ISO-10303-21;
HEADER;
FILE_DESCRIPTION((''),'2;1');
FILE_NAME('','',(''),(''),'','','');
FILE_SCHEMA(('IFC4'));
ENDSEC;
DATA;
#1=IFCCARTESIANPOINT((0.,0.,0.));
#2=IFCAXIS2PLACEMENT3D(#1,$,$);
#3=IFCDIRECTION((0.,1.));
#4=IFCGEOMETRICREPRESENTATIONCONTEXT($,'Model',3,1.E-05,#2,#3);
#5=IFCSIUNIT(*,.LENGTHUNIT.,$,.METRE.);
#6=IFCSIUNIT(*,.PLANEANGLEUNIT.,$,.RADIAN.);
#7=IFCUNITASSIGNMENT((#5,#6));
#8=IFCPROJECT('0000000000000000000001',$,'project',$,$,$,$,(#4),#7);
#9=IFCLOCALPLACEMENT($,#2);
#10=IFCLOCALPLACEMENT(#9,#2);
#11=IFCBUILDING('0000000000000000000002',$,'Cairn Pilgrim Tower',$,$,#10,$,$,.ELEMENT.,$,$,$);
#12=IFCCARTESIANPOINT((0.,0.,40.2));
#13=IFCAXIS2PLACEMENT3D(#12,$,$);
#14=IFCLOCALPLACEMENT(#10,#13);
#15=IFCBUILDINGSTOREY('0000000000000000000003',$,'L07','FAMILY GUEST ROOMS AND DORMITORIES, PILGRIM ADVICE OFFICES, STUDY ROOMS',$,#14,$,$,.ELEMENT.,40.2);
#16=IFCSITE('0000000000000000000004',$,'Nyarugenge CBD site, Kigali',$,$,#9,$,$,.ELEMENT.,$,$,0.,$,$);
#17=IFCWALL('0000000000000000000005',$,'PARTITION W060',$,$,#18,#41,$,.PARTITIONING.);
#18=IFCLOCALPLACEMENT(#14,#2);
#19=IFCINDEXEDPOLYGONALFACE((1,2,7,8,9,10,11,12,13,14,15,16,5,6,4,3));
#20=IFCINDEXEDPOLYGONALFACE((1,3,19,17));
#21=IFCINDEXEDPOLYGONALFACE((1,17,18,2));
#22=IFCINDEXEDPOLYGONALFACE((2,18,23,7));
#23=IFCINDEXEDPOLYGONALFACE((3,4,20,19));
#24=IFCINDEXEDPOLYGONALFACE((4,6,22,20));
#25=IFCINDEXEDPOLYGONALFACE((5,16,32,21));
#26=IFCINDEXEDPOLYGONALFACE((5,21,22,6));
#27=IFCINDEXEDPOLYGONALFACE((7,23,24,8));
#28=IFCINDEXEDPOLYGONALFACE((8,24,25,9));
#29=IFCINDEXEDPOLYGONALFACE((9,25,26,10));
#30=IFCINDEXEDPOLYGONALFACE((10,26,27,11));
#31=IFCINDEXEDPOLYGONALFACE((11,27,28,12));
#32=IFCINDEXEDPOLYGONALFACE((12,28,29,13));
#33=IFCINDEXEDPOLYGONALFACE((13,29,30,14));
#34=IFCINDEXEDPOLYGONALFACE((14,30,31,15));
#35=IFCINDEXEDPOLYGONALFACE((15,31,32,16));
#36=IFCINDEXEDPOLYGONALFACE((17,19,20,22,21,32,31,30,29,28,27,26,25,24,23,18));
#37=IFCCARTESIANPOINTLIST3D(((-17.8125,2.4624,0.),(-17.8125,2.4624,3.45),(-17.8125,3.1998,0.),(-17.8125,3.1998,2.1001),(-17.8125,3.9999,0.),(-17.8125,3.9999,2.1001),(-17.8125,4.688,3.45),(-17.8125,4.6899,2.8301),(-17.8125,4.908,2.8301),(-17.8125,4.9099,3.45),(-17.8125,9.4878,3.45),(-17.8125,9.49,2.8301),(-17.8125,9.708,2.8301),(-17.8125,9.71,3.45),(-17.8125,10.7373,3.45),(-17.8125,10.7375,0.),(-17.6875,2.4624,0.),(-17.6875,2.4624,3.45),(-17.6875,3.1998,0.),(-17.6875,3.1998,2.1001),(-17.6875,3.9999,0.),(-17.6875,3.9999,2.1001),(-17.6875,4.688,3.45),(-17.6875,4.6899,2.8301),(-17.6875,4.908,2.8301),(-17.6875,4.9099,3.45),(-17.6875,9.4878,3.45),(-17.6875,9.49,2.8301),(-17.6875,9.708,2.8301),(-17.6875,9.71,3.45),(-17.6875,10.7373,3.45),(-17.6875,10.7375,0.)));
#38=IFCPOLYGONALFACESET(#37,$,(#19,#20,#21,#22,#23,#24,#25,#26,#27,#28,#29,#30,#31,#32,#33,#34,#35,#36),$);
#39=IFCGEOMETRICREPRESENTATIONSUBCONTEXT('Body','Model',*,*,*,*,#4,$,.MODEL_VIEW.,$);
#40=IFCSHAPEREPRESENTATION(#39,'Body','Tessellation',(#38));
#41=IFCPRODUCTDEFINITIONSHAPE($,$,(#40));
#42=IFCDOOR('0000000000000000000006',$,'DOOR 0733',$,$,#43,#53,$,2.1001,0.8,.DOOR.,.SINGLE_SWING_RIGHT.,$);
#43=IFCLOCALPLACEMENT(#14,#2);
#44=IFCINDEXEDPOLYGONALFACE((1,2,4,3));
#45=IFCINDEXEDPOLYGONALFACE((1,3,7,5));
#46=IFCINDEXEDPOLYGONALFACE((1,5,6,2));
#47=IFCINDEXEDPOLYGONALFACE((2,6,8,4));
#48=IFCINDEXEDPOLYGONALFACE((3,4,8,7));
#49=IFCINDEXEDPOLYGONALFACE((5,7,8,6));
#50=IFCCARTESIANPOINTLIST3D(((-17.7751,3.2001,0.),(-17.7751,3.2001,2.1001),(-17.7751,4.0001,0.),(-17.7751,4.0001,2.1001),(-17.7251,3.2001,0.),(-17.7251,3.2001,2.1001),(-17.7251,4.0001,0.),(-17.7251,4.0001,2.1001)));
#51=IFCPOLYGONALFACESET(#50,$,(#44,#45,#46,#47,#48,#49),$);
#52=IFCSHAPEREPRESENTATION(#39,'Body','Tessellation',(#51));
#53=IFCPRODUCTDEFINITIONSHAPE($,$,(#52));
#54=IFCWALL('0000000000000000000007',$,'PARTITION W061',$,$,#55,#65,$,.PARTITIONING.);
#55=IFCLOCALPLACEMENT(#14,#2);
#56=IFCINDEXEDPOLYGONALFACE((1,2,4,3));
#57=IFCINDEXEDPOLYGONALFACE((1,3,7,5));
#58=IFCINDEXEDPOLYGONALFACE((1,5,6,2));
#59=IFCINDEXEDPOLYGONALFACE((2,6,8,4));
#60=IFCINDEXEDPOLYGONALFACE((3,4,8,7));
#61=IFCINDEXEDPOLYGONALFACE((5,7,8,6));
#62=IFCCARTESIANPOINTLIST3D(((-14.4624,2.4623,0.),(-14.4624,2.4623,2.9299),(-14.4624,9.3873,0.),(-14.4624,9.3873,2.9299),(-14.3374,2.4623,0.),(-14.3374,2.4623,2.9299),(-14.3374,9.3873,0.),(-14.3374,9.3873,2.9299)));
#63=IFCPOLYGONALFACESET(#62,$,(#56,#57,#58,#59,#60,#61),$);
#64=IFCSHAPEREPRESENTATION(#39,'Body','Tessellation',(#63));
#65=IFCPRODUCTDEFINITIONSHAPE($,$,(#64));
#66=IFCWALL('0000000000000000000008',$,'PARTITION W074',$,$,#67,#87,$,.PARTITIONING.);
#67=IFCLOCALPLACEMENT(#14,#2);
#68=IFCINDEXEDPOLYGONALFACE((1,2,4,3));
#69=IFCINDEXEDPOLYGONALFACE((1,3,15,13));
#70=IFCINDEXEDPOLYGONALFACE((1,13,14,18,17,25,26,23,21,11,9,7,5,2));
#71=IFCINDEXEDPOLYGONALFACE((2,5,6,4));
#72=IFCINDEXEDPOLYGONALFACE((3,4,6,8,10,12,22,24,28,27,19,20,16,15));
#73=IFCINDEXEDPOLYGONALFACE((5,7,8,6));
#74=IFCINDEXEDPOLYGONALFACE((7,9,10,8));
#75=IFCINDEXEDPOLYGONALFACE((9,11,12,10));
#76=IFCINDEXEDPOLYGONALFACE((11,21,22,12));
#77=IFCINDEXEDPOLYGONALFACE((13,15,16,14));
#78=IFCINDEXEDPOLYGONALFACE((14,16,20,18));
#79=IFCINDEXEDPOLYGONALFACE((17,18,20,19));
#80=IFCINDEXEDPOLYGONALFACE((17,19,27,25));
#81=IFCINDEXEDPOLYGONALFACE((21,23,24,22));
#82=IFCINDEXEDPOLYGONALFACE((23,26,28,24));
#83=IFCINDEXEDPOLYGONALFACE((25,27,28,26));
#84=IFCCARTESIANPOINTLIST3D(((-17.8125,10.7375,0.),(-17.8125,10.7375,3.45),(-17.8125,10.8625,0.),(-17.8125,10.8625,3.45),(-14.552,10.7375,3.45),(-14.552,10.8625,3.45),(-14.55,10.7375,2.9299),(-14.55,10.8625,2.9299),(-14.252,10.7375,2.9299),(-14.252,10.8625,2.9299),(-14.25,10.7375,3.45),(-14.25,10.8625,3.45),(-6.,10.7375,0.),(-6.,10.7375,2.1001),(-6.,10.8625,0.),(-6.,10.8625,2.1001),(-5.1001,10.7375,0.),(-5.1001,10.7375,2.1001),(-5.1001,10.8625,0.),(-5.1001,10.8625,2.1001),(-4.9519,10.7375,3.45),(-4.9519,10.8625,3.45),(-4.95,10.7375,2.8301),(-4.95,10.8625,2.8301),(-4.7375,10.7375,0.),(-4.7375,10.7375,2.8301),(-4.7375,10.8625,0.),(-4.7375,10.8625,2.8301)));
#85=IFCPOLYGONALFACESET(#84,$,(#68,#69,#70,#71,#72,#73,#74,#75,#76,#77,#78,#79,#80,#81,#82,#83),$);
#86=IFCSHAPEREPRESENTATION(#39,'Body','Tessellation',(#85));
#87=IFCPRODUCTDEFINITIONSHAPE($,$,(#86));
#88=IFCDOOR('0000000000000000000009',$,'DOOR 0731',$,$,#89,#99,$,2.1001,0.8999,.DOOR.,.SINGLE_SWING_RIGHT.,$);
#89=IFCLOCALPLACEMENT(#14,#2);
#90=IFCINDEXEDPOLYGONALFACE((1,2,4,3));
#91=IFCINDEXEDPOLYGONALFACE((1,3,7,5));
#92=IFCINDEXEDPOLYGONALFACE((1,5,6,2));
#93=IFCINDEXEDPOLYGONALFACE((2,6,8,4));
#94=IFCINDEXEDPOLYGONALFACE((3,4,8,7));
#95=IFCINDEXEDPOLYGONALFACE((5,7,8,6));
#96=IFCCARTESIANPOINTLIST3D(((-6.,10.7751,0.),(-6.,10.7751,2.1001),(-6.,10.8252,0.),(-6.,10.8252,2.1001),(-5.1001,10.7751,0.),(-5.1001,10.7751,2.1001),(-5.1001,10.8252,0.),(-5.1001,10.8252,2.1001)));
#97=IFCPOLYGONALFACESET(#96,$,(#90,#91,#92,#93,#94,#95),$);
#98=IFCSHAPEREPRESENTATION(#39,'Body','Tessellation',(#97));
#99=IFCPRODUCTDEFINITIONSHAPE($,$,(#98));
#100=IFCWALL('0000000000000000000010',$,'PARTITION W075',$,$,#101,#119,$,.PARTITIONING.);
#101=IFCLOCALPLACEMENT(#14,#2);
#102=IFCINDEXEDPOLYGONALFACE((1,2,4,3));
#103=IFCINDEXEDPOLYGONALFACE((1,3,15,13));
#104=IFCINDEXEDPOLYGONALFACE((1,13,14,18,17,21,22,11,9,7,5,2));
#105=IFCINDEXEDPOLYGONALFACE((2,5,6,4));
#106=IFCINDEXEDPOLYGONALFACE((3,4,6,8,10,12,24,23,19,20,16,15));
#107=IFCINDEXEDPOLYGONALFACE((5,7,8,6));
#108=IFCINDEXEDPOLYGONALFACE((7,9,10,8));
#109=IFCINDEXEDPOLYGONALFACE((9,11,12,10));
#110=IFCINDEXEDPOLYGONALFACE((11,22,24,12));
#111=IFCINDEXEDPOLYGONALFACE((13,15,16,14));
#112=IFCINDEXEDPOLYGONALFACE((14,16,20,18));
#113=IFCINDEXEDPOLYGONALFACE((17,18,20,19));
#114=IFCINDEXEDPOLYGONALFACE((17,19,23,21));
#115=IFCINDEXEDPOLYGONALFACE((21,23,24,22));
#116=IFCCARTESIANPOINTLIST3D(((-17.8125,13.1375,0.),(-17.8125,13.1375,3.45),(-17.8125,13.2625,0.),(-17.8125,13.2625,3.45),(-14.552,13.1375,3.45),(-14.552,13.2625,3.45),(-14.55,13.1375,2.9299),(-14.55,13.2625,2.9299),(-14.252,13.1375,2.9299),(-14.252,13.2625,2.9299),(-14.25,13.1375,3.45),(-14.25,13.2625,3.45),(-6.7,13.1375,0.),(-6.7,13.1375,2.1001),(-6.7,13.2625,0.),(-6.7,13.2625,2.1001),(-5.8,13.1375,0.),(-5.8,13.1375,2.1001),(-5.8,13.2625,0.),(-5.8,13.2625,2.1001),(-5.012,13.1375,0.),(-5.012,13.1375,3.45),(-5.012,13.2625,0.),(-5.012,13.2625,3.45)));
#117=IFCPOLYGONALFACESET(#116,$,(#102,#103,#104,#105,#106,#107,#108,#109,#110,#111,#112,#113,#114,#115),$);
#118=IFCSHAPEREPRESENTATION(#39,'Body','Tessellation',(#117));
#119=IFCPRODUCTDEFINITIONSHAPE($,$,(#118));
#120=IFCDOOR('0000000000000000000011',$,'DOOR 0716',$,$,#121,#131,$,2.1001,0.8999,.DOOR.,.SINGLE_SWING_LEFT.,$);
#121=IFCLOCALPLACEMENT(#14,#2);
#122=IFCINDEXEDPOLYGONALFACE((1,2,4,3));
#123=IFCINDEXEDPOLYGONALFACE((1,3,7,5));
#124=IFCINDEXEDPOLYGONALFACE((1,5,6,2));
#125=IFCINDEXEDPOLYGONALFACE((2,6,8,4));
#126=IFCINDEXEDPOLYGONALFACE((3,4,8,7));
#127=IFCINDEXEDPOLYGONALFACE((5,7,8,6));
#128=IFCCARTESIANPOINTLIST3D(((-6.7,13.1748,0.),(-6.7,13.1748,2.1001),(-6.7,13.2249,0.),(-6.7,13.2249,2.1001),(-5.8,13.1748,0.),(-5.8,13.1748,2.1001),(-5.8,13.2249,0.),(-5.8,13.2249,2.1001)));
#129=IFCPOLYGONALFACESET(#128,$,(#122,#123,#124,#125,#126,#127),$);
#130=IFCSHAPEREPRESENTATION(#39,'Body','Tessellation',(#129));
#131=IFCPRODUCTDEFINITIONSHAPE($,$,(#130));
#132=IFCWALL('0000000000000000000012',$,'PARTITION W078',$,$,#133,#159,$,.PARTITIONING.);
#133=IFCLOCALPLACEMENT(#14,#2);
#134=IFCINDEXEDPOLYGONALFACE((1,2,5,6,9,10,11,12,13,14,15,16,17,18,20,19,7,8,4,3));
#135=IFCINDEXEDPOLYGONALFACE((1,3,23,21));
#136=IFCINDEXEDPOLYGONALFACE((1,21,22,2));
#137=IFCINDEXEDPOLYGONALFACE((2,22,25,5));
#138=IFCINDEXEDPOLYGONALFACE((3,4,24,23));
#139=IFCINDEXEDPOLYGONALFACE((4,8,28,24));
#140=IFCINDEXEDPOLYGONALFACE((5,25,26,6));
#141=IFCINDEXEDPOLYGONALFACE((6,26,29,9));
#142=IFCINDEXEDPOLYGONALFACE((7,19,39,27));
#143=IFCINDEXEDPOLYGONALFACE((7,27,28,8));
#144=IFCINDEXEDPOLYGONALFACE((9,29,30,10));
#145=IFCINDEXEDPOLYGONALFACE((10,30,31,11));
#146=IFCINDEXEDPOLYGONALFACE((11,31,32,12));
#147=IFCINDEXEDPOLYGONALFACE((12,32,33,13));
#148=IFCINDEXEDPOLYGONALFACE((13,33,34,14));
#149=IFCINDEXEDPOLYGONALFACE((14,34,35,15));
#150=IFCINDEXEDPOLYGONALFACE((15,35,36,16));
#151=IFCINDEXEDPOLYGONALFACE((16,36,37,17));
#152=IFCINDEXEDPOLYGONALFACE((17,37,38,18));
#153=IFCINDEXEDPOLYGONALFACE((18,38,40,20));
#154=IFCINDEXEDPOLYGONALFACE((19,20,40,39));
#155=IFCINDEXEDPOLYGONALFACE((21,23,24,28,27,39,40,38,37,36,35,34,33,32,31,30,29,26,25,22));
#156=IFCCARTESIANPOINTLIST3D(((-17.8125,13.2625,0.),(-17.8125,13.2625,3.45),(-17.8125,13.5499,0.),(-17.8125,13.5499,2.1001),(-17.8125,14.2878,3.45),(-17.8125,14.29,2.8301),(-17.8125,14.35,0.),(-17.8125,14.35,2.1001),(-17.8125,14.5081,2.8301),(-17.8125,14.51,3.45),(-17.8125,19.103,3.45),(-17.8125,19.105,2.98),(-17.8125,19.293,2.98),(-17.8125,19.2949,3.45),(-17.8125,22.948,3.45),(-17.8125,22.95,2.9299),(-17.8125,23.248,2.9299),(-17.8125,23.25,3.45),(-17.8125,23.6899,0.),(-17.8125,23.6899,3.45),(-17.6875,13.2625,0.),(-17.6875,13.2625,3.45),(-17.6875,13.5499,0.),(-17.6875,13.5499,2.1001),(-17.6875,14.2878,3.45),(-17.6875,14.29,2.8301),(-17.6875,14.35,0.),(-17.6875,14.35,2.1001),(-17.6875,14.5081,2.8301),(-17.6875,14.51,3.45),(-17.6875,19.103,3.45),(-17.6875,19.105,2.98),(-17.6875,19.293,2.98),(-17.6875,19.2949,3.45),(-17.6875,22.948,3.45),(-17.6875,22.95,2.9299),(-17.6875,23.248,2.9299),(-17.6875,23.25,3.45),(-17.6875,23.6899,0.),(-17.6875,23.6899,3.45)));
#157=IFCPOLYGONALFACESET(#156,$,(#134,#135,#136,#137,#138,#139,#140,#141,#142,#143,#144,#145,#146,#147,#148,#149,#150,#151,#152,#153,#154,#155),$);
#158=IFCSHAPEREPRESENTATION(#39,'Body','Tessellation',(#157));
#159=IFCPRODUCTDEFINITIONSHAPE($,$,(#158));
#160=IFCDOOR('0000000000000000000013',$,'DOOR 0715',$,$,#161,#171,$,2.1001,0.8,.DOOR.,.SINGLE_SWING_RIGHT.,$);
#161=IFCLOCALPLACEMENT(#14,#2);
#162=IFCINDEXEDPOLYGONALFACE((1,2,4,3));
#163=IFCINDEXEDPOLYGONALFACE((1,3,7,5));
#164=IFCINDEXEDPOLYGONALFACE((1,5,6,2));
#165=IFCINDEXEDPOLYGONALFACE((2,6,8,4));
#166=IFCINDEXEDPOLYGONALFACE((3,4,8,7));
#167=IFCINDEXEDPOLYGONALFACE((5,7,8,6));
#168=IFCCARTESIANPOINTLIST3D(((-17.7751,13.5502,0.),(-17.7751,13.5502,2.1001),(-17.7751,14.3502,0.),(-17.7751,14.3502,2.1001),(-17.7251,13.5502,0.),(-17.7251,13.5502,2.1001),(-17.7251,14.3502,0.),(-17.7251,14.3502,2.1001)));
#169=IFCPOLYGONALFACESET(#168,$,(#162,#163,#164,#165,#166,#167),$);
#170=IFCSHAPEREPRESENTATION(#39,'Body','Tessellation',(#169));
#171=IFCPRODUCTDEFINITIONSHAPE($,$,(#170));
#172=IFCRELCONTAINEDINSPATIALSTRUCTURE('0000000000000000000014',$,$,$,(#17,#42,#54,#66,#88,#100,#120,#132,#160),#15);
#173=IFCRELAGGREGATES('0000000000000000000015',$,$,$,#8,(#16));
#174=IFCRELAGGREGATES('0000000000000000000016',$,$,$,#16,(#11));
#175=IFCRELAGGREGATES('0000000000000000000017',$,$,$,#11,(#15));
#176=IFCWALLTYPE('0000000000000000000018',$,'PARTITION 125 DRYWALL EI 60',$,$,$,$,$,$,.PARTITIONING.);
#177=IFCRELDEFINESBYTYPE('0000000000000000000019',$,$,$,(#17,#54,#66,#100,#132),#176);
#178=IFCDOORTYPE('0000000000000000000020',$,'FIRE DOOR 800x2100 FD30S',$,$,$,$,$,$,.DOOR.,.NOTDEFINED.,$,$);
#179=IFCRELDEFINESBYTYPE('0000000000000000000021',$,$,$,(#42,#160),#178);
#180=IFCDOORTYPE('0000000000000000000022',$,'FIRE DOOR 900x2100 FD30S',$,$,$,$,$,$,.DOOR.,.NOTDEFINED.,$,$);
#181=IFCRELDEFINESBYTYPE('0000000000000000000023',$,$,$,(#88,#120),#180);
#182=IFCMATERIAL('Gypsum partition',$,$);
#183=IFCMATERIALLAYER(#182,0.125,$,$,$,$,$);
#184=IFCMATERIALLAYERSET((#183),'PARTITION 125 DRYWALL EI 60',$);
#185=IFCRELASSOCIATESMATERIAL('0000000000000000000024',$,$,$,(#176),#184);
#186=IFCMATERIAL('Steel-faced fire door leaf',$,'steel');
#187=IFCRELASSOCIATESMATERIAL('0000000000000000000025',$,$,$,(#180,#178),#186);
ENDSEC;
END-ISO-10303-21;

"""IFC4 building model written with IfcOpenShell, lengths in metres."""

from ifc_helpers import new_model, si_unit, direction, frame, frame_2d, origin, place, context, subcontext, project, spatial, polyline, rectangle, outline, extrude, material, layer, layer_set, type_object, element, fill, save


model = new_model("IFC4")

# Units and contexts
model_context = context("Model", 3, precision=1e-05, world=origin(), true_north=direction((0.0, 1.0)))
body_context = subcontext(model_context, "Body", "Model", "MODEL_VIEW")
ifc_project = project(units=[si_unit("LENGTHUNIT", "METRE"), si_unit("PLANEANGLEUNIT", "RADIAN")], contexts=[model_context])

# Site, building, storey
site_placement = place(None, origin())
site = spatial("IfcSite", under=ifc_project, at=site_placement, Name="Nyarugenge CBD site, Kigali", CompositionType="ELEMENT", RefElevation=0.0)
building_placement = place(site_placement, origin())
building = spatial("IfcBuilding", under=site, at=building_placement, Name="Cairn Pilgrim Tower", CompositionType="ELEMENT")
storey_placement = place(building_placement, frame((0.0, 0.0, 40.2)))
storey = spatial("IfcBuildingStorey", under=building, at=storey_placement, Name="L07", Description="FAMILY GUEST ROOMS AND DORMITORIES, PILGRIM ADVICE OFFICES, STUDY ROOMS", CompositionType="ELEMENT", Elevation=40.2)

# Shared definitions
ifc_material_1 = material(Name="Gypsum partition")

# Wall, opening, door
ifc_layer_1 = layer(ifc_material_1, 0.125)
ifc_layer_set_1 = layer_set([ifc_layer_1], Name="PARTITION 125 DRYWALL EI 60")
wall_type_1 = type_object("IfcWallType", Name="PARTITION 125 DRYWALL EI 60", PredefinedType="PARTITIONING", material=ifc_layer_set_1)
ifc_material_2 = material(Name="Steel-faced fire door leaf", Category="steel")
door_type_1 = type_object("IfcDoorType", Name="FIRE DOOR 900x2100 FD30S", OperationType="NOTDEFINED", PredefinedType="DOOR", material=ifc_material_2)
wall_1_placement = place(storey_placement, frame((-17.75, 2.4624, 0.0), z_axis=(0.0, 0.0, 1.0), x_axis=(0.0, 1.0, 0.0)))
wall_1 = element("IfcWall", 1, at=wall_1_placement, inside=storey, type_object=wall_type_1, Name="PARTITION W060", PredefinedType="PARTITIONING", context=body_context, shape_type="SweptSolid", body=[
    extrude(outline(polyline([(0.0, 0.0), (8.2751, 0.0), (8.2749, 3.45), (7.2476, 3.45), (7.2456, 2.8301), (7.0276, 2.8301), (7.0254, 3.45), (2.4475, 3.45), (2.4456, 2.8301), (2.2275, 2.8301), (2.2256, 3.45), (0.0, 3.45), (0.0, 0.0)])), frame((0.0, 0.0625, 0.0), z_axis=(0.0, -1.0, 0.0), x_axis=(1.0, 0.0, 0.0)), (0.0, 0.0, 1.0), 0.125),
])
opening_1_placement = place(wall_1_placement, frame((0.7375, 0.0, 0.0)))
opening_1 = element("IfcOpeningElement", 2, at=opening_1_placement, cuts=wall_1, PredefinedType="OPENING", context=body_context, shape_type="SweptSolid", body=[
    extrude(rectangle(XDim=0.8, YDim=2.1001, at=frame_2d((0.3999, 1.05))), frame((0.0, 0.0725, 0.0), z_axis=(0.0, -1.0, 0.0), x_axis=(1.0, 0.0, 0.0)), (0.0, 0.0, 1.0), 0.145),
])
door_type_2 = type_object("IfcDoorType", Name="FIRE DOOR 800x2100 FD30S", OperationType="NOTDEFINED", PredefinedType="DOOR", material=ifc_material_2)
door_1_placement = place(opening_1_placement, frame((0.8, 0.0, 0.0), z_axis=(0.0, 0.0, 1.0), x_axis=(-1.0, 0.0, 0.0)))
door_1 = element("IfcDoor", 3, at=door_1_placement, inside=storey, type_object=door_type_2, Name="DOOR 0733", OperationType="SINGLE_SWING_RIGHT", OverallHeight=2.1001, OverallWidth=0.8, PredefinedType="DOOR", context=body_context, shape_type="SweptSolid", body=[
    extrude(rectangle(XDim=0.8, YDim=2.1001, at=frame_2d((0.3999, 1.05))), frame((0.0, 0.0249, 0.0), z_axis=(0.0, -1.0, 0.0), x_axis=(1.0, 0.0, 0.0)), (0.0, 0.0, 1.0), 0.05),
])
fill(opening_1, door_1)

# Wall
wall_2_placement = place(storey_placement, frame((-14.3999, 2.4624, 0.0), z_axis=(0.0, 0.0, 1.0), x_axis=(0.0, 1.0, 0.0)))
element("IfcWall", 4, at=wall_2_placement, inside=storey, type_object=wall_type_1, Name="PARTITION W061", PredefinedType="PARTITIONING", context=body_context, shape_type="SweptSolid", body=[
    extrude(rectangle(XDim=6.925, YDim=0.125, at=frame_2d((3.4624, 0.0))), origin(), (0.0, 0.0, 1.0), 2.9299),
])

# Walls, openings, doors
wall_3_placement = place(storey_placement, frame((-17.8125, 10.8, 0.0), z_axis=(0.0, 0.0, 1.0), x_axis=(1.0, 0.0, 0.0)))
wall_3 = element("IfcWall", 5, at=wall_3_placement, inside=storey, type_object=wall_type_1, Name="PARTITION W074", PredefinedType="PARTITIONING", context=body_context, shape_type="SweptSolid", body=[
    extrude(outline(polyline([(0.0, 0.0), (13.075, 0.0), (13.075, 2.8301), (12.8625, 2.8301), (12.8606, 3.45), (3.5625, 3.45), (3.5605, 2.9299), (3.2625, 2.9299), (3.2605, 3.45), (0.0, 3.45), (0.0, 0.0)])), frame((0.0, 0.0625, 0.0), z_axis=(0.0, -1.0, 0.0), x_axis=(1.0, 0.0, 0.0)), (0.0, 0.0, 1.0), 0.125),
])
opening_2_placement = place(wall_3_placement, frame((11.8125, 0.0, 0.0)))
opening_2 = element("IfcOpeningElement", 6, at=opening_2_placement, cuts=wall_3, PredefinedType="OPENING", context=body_context, shape_type="SweptSolid", body=[
    extrude(rectangle(XDim=0.8999, YDim=2.1001, at=frame_2d((0.45, 1.05))), frame((0.0, 0.0725, 0.0), z_axis=(0.0, -1.0, 0.0), x_axis=(1.0, 0.0, 0.0)), (0.0, 0.0, 1.0), 0.145),
])
door_2_placement = place(opening_2_placement, frame((0.8999, 0.0, 0.0), z_axis=(0.0, 0.0, 1.0), x_axis=(-1.0, 0.0, 0.0)))
door_2 = element("IfcDoor", 7, at=door_2_placement, inside=storey, type_object=door_type_1, Name="DOOR 0731", OperationType="SINGLE_SWING_RIGHT", OverallHeight=2.1001, OverallWidth=0.8999, PredefinedType="DOOR", context=body_context, shape_type="SweptSolid", body=[
    extrude(rectangle(XDim=0.8999, YDim=2.1001, at=frame_2d((0.45, 1.05))), frame((0.0, 0.0249, 0.0), z_axis=(0.0, -1.0, 0.0), x_axis=(1.0, 0.0, 0.0)), (0.0, 0.0, 1.0), 0.05),
])
fill(opening_2, door_2)
wall_4_placement = place(storey_placement, frame((-17.8125, 13.2, 0.0), z_axis=(0.0, 0.0, 1.0), x_axis=(1.0, 0.0, 0.0)))
wall_4 = element("IfcWall", 8, at=wall_4_placement, inside=storey, type_object=wall_type_1, Name="PARTITION W075", PredefinedType="PARTITIONING", context=body_context, shape_type="SweptSolid", body=[
    extrude(outline(polyline([(0.0, 0.0), (12.8005, 0.0), (12.8005, 3.45), (3.5625, 3.45), (3.5605, 2.9299), (3.2625, 2.9299), (3.2605, 3.45), (0.0, 3.45), (0.0, 0.0)])), frame((0.0, 0.0625, 0.0), z_axis=(0.0, -1.0, 0.0), x_axis=(1.0, 0.0, 0.0)), (0.0, 0.0, 1.0), 0.125),
])
opening_3_placement = place(wall_4_placement, frame((11.1125, 0.0, 0.0)))
opening_3 = element("IfcOpeningElement", 9, at=opening_3_placement, cuts=wall_4, PredefinedType="OPENING", context=body_context, shape_type="SweptSolid", body=[
    extrude(rectangle(XDim=0.8999, YDim=2.1001, at=frame_2d((0.45, 1.05))), frame((0.0, 0.0725, 0.0), z_axis=(0.0, -1.0, 0.0), x_axis=(1.0, 0.0, 0.0)), (0.0, 0.0, 1.0), 0.145),
])
door_3_placement = place(opening_3_placement, origin())
door_3 = element("IfcDoor", 10, at=door_3_placement, inside=storey, type_object=door_type_1, Name="DOOR 0716", OperationType="SINGLE_SWING_LEFT", OverallHeight=2.1001, OverallWidth=0.8999, PredefinedType="DOOR", context=body_context, shape_type="SweptSolid", body=[
    extrude(rectangle(XDim=0.8999, YDim=2.1001, at=frame_2d((0.45, 1.05))), frame((0.0, 0.0249, 0.0), z_axis=(0.0, -1.0, 0.0), x_axis=(1.0, 0.0, 0.0)), (0.0, 0.0, 1.0), 0.05),
])
fill(opening_3, door_3)
wall_5_placement = place(storey_placement, frame((-17.75, 13.2625, 0.0), z_axis=(0.0, 0.0, 1.0), x_axis=(0.0, 1.0, 0.0)))
wall_5 = element("IfcWall", 11, at=wall_5_placement, inside=storey, type_object=wall_type_1, Name="PARTITION W078", PredefinedType="PARTITIONING", context=body_context, shape_type="SweptSolid", body=[
    extrude(outline(polyline([(0.0, 0.0), (10.4275, 0.0), (10.4275, 3.45), (9.9875, 3.45), (9.9856, 2.9299), (9.6875, 2.9299), (9.6855, 3.45), (6.0325, 3.45), (6.0305, 2.98), (5.8425, 2.98), (5.8406, 3.45), (1.2476, 3.45), (1.2456, 2.8301), (1.0276, 2.8301), (1.0254, 3.45), (0.0, 3.45), (0.0, 0.0)])), frame((0.0, 0.0625, 0.0), z_axis=(0.0, -1.0, 0.0), x_axis=(1.0, 0.0, 0.0)), (0.0, 0.0, 1.0), 0.125),
])
opening_4_placement = place(wall_5_placement, frame((0.2876, 0.0, 0.0)))
opening_4 = element("IfcOpeningElement", 12, at=opening_4_placement, cuts=wall_5, PredefinedType="OPENING", context=body_context, shape_type="SweptSolid", body=[
    extrude(rectangle(XDim=0.8, YDim=2.1001, at=frame_2d((0.3999, 1.05))), frame((0.0, 0.0725, 0.0), z_axis=(0.0, -1.0, 0.0), x_axis=(1.0, 0.0, 0.0)), (0.0, 0.0, 1.0), 0.145),
])
door_4_placement = place(opening_4_placement, frame((0.8, 0.0, 0.0), z_axis=(0.0, 0.0, 1.0), x_axis=(-1.0, 0.0, 0.0)))
door_4 = element("IfcDoor", 13, at=door_4_placement, inside=storey, type_object=door_type_2, Name="DOOR 0715", OperationType="SINGLE_SWING_RIGHT", OverallHeight=2.1001, OverallWidth=0.8, PredefinedType="DOOR", context=body_context, shape_type="SweptSolid", body=[
    extrude(rectangle(XDim=0.8, YDim=2.1001, at=frame_2d((0.3999, 1.05))), frame((0.0, 0.0249, 0.0), z_axis=(0.0, -1.0, 0.0), x_axis=(1.0, 0.0, 0.0)), (0.0, 0.0, 1.0), 0.05),
])
fill(opening_4, door_4)

save(model, "model.ifc")
